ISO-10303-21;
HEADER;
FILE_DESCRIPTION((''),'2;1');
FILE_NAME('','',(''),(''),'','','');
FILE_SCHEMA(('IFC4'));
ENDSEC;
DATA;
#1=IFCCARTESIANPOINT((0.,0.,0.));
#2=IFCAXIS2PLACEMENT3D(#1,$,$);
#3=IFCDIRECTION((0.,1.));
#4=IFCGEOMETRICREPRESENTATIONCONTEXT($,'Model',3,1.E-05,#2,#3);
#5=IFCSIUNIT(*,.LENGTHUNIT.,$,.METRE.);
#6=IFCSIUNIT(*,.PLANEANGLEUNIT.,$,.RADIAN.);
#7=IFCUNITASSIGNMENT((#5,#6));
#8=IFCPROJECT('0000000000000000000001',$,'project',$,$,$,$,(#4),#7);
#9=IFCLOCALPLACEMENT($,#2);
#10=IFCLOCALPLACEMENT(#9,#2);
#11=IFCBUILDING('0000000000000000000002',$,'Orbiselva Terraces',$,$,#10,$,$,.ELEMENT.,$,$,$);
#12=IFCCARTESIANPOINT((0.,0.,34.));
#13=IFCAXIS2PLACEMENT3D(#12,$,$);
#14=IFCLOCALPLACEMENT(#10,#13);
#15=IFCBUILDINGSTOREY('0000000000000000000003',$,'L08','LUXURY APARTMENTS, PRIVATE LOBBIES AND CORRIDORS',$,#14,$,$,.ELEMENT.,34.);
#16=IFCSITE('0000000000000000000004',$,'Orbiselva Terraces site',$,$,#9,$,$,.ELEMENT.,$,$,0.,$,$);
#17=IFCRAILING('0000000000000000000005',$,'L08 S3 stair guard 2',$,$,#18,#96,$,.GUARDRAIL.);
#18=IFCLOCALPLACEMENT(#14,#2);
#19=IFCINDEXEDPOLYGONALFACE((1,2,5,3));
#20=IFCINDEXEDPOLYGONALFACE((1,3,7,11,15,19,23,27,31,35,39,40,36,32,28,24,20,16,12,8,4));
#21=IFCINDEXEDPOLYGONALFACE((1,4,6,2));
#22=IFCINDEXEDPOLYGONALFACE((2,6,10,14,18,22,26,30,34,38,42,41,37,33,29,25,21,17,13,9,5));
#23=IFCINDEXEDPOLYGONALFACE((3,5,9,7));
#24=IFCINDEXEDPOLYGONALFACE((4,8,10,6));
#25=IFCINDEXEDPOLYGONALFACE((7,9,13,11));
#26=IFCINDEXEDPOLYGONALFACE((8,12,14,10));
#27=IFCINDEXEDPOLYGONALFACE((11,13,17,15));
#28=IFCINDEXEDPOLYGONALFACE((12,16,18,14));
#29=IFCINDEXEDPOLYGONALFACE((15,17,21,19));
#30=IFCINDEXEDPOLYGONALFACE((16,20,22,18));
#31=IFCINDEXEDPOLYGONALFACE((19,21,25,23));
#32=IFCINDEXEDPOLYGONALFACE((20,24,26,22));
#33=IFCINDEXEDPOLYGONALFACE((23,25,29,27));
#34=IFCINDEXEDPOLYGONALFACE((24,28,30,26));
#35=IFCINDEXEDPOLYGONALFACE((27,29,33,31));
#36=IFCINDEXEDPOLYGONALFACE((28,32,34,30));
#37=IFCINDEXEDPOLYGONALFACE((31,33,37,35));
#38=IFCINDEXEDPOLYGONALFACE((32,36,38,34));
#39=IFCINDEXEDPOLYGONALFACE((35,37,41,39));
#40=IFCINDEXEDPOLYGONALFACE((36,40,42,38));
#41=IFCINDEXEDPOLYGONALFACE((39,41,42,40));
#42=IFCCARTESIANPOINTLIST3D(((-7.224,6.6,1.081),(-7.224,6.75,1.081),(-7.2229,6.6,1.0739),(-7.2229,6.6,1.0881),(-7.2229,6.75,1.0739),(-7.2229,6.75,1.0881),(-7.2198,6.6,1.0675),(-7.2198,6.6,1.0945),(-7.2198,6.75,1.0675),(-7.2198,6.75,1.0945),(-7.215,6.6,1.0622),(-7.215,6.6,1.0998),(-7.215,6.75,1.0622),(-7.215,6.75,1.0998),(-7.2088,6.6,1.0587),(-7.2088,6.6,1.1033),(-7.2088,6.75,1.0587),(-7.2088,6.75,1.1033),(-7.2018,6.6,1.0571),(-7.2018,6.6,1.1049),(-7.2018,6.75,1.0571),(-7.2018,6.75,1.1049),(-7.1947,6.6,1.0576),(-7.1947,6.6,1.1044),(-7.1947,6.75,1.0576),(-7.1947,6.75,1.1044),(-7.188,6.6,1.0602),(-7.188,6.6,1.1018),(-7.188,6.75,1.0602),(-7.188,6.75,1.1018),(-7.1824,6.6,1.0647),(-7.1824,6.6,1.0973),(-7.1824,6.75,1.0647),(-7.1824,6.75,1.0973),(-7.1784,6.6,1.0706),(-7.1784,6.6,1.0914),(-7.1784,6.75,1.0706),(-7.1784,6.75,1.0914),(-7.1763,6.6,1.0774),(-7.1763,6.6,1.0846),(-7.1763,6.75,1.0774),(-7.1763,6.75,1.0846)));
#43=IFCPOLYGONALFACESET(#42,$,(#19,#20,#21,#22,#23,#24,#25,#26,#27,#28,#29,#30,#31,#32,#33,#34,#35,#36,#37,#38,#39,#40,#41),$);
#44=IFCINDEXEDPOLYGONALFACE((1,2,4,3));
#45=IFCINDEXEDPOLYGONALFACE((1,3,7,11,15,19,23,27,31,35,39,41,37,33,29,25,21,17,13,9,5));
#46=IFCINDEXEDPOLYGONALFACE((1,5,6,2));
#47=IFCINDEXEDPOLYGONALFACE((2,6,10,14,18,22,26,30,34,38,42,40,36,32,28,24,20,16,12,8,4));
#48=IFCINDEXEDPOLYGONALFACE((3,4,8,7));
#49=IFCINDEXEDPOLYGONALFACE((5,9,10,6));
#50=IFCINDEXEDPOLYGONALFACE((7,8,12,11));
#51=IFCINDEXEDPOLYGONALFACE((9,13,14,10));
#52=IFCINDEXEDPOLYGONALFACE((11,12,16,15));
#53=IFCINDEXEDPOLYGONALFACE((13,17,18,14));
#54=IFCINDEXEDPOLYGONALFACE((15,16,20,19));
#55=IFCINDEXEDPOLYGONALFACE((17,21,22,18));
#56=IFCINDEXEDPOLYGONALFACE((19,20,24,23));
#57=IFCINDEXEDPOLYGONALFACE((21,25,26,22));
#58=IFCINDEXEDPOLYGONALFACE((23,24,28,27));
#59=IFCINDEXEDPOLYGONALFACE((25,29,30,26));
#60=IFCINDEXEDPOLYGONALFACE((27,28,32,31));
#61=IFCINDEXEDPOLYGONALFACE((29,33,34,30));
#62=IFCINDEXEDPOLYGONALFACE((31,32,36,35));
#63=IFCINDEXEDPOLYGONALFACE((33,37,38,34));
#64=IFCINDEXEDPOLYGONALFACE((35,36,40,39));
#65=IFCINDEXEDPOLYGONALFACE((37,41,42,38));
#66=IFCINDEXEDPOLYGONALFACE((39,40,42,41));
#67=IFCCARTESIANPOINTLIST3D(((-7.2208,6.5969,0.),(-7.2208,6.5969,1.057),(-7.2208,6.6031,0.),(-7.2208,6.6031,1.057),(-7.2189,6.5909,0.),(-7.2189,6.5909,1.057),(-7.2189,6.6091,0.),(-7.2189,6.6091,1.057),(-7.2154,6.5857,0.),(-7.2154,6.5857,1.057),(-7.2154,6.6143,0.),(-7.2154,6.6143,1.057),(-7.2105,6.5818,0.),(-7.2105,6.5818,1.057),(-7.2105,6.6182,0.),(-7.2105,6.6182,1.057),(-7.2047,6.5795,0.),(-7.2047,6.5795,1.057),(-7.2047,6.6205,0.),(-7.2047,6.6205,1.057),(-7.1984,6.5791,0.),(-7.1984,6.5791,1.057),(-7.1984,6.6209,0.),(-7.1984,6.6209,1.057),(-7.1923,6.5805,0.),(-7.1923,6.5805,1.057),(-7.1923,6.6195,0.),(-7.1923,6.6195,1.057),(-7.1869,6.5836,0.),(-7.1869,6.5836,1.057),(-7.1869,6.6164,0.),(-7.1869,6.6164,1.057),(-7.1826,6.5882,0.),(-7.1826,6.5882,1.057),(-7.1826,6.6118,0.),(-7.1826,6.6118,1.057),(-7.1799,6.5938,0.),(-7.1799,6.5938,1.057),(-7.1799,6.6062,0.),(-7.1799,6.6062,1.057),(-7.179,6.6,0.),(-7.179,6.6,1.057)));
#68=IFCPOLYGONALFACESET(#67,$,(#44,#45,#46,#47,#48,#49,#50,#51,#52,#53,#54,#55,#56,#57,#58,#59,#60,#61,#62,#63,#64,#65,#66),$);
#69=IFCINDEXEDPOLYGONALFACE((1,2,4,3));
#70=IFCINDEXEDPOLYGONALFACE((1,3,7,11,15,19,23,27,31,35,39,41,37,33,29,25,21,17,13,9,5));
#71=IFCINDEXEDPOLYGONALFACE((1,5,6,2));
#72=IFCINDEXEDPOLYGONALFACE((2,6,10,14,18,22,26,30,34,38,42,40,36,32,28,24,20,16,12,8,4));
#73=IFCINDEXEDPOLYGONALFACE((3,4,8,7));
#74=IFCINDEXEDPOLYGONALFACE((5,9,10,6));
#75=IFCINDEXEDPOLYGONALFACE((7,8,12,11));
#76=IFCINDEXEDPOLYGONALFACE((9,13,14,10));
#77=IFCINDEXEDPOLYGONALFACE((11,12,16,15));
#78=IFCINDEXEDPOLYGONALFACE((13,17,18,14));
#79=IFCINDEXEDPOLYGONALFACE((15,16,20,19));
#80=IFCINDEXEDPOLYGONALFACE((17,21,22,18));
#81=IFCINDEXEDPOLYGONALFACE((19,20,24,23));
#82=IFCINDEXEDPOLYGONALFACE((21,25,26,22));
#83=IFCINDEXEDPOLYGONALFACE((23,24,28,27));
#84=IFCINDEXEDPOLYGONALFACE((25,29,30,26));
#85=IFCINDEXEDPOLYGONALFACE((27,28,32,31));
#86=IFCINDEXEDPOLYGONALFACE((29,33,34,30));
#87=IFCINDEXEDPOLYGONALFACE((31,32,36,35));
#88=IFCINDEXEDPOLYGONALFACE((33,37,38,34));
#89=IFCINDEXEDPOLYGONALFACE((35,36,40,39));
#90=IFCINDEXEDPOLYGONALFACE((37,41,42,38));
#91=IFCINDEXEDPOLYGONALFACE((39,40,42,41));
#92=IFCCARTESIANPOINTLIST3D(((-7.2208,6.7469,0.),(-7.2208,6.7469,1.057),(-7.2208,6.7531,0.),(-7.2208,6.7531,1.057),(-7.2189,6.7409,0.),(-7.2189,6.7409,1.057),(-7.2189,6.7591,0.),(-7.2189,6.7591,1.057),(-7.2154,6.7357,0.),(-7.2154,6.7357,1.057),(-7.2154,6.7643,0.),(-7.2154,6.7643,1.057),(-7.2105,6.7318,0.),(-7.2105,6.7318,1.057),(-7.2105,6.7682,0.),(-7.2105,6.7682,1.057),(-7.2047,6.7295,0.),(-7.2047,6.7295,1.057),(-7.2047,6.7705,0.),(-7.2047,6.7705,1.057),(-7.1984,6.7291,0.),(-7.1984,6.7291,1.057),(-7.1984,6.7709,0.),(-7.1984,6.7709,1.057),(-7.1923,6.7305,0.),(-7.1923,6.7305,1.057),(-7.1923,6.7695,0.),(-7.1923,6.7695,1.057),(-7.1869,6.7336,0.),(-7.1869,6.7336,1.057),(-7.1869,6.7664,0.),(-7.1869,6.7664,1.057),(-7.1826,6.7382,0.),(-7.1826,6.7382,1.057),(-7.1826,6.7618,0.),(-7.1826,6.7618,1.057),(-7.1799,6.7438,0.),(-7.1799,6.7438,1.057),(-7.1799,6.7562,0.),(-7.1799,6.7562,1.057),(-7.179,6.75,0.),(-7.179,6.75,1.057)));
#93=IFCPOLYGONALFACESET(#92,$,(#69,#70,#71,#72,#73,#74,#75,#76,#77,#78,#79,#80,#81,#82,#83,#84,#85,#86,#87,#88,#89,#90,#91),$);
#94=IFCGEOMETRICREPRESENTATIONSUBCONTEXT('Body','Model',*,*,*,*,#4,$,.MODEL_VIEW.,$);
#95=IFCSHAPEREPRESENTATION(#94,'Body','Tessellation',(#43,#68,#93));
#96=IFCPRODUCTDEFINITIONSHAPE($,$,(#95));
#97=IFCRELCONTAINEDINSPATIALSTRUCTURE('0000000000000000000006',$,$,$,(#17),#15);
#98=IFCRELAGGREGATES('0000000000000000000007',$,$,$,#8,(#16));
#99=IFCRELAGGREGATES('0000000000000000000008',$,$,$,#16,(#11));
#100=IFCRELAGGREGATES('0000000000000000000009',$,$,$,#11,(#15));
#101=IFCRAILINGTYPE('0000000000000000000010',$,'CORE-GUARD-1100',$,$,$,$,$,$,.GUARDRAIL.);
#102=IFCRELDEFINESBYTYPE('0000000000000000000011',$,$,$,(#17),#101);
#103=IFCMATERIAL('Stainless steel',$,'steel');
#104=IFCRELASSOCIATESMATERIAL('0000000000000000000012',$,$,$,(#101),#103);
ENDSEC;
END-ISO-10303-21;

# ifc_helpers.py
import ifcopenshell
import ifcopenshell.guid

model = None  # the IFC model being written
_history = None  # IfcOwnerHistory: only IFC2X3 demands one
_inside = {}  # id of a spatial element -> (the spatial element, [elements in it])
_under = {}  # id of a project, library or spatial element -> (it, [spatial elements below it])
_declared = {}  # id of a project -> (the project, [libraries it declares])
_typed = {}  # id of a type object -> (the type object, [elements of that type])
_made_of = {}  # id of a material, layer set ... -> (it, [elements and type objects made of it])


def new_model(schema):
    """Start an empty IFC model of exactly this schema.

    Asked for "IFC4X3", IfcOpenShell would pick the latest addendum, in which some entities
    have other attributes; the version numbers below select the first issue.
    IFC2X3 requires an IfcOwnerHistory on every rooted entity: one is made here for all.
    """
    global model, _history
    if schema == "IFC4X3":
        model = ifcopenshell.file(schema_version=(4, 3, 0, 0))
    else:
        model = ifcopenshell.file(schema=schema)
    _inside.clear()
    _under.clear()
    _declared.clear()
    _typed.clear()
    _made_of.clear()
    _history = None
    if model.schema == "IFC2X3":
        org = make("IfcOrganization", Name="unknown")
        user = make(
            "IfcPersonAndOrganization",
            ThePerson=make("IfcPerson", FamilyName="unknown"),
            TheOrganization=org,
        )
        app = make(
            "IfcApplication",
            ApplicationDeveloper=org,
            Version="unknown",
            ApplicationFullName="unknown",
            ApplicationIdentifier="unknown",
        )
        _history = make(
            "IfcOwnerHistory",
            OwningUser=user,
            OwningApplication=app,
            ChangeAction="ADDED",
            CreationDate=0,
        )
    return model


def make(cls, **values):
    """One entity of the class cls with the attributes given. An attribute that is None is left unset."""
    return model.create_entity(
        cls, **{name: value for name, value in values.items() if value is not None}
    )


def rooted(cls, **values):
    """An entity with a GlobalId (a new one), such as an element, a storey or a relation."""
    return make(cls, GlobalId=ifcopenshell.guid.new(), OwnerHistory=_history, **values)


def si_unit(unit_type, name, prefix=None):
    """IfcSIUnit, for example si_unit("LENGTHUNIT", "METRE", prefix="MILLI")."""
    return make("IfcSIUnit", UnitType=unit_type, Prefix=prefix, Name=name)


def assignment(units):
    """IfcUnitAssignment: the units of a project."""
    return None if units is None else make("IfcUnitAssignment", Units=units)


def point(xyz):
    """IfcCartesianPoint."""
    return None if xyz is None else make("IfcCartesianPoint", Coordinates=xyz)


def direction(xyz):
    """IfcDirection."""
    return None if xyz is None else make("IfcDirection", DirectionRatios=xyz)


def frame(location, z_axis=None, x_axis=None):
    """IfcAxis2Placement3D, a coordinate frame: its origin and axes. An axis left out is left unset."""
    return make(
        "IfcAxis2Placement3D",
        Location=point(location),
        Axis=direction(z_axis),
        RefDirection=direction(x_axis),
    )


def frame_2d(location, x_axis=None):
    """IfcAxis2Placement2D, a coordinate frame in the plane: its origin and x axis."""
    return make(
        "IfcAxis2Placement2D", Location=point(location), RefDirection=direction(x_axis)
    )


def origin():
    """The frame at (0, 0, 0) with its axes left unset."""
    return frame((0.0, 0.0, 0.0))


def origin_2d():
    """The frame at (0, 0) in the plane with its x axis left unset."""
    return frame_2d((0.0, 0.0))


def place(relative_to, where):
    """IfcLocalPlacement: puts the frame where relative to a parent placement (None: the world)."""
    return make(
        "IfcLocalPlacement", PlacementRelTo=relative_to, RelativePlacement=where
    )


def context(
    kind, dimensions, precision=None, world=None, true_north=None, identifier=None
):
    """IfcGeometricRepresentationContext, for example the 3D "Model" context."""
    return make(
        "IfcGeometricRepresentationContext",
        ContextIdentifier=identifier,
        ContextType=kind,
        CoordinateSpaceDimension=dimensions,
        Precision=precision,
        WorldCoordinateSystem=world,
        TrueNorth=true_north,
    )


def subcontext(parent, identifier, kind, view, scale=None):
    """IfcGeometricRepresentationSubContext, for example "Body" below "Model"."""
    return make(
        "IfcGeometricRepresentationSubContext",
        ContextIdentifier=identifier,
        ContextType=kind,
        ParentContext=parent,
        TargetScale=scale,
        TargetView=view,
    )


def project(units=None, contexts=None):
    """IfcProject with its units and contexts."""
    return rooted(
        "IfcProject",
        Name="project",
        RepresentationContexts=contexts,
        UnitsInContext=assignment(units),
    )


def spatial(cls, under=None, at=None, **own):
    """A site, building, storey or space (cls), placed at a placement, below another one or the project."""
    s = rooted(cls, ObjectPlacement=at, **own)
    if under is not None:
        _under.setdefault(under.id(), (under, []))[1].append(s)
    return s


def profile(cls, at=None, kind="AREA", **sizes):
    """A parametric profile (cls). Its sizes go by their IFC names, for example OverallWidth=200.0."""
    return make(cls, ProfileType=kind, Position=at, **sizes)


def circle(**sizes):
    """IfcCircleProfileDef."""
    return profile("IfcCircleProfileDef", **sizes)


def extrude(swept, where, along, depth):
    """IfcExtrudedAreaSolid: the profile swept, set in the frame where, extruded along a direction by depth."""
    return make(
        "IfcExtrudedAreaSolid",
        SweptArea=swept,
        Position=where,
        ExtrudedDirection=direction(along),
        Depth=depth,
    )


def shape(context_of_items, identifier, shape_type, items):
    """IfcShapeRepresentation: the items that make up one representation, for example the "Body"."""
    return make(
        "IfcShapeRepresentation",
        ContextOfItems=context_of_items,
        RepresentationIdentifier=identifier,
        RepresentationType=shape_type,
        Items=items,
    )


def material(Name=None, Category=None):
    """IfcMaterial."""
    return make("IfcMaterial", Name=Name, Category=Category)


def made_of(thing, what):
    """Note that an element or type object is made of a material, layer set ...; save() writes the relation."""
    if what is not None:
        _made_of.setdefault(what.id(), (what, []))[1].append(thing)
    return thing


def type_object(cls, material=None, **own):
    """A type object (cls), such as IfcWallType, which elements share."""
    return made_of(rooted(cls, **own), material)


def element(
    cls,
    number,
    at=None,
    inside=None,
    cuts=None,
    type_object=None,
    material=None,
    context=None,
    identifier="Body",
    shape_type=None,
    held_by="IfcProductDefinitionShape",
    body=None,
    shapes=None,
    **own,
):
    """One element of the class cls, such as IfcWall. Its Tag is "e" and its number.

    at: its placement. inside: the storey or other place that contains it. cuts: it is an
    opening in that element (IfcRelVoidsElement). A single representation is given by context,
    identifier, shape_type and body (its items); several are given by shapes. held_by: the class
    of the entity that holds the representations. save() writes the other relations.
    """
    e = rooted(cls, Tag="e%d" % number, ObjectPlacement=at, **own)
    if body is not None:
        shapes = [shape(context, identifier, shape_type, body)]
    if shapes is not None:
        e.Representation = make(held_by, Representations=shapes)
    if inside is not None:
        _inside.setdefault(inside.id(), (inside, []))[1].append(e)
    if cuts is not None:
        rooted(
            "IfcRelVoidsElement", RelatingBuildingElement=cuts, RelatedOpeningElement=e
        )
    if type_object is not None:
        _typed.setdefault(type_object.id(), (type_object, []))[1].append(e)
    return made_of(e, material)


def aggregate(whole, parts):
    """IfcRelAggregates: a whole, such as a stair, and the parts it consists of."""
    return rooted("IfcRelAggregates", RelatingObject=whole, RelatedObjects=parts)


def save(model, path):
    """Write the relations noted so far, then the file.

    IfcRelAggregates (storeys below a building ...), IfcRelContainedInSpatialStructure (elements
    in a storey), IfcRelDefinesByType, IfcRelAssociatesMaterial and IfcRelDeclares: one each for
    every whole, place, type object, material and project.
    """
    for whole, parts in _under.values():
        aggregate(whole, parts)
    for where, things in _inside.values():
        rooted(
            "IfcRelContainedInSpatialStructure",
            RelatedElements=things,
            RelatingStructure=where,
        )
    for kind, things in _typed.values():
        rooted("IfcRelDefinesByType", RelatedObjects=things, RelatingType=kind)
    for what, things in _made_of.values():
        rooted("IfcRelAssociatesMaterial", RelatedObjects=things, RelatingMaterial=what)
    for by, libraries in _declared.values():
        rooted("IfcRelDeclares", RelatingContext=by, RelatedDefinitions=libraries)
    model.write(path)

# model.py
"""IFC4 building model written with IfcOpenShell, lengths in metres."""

from ifc_helpers import new_model, si_unit, direction, frame, origin, origin_2d, place, context, subcontext, project, spatial, circle, extrude, material, type_object, element, save


model = new_model("IFC4")

# Units and contexts
model_context = context("Model", 3, precision=1e-05, world=origin(), true_north=direction((0.0, 1.0)))
body_context = subcontext(model_context, "Body", "Model", "MODEL_VIEW")
ifc_project = project(units=[si_unit("LENGTHUNIT", "METRE"), si_unit("PLANEANGLEUNIT", "RADIAN")], contexts=[model_context])

# Site, building, storey
site_placement = place(None, origin())
site = spatial("IfcSite", under=ifc_project, at=site_placement, Name="Orbiselva Terraces site", CompositionType="ELEMENT", RefElevation=0.0)
building_placement = place(site_placement, origin())
building = spatial("IfcBuilding", under=site, at=building_placement, Name="Orbiselva Terraces", CompositionType="ELEMENT")
storey_placement = place(building_placement, frame((0.0, 0.0, 34.0)))
storey = spatial("IfcBuildingStorey", under=building, at=storey_placement, Name="L08", Description="LUXURY APARTMENTS, PRIVATE LOBBIES AND CORRIDORS", CompositionType="ELEMENT", Elevation=34.0)

# Railing
ifc_material_1 = material(Name="Stainless steel", Category="steel")
railing_type_1 = type_object("IfcRailingType", Name="CORE-GUARD-1100", PredefinedType="GUARDRAIL", material=ifc_material_1)
railing_1_placement = place(storey_placement, frame((-7.2, 6.6, 0.0)))
element("IfcRailing", 1, at=railing_1_placement, inside=storey, type_object=railing_type_1, Name="L08 S3 stair guard 2", PredefinedType="GUARDRAIL", context=body_context, shape_type="SweptSolid", body=[
    extrude(circle(Radius=0.024, at=origin_2d()), frame((0.0, 0.0, 1.081), z_axis=(0.0, 1.0, 0.0), x_axis=(-1.0, 0.0, 0.0)), (0.0, 0.0, 1.0), 0.15),
    extrude(circle(Radius=0.021, at=origin_2d()), origin(), (0.0, 0.0, 1.0), 1.057),
    extrude(circle(Radius=0.021, at=origin_2d()), frame((0.0, 0.15, 0.0)), (0.0, 0.0, 1.0), 1.057),
])

save(model, "model.ifc")
